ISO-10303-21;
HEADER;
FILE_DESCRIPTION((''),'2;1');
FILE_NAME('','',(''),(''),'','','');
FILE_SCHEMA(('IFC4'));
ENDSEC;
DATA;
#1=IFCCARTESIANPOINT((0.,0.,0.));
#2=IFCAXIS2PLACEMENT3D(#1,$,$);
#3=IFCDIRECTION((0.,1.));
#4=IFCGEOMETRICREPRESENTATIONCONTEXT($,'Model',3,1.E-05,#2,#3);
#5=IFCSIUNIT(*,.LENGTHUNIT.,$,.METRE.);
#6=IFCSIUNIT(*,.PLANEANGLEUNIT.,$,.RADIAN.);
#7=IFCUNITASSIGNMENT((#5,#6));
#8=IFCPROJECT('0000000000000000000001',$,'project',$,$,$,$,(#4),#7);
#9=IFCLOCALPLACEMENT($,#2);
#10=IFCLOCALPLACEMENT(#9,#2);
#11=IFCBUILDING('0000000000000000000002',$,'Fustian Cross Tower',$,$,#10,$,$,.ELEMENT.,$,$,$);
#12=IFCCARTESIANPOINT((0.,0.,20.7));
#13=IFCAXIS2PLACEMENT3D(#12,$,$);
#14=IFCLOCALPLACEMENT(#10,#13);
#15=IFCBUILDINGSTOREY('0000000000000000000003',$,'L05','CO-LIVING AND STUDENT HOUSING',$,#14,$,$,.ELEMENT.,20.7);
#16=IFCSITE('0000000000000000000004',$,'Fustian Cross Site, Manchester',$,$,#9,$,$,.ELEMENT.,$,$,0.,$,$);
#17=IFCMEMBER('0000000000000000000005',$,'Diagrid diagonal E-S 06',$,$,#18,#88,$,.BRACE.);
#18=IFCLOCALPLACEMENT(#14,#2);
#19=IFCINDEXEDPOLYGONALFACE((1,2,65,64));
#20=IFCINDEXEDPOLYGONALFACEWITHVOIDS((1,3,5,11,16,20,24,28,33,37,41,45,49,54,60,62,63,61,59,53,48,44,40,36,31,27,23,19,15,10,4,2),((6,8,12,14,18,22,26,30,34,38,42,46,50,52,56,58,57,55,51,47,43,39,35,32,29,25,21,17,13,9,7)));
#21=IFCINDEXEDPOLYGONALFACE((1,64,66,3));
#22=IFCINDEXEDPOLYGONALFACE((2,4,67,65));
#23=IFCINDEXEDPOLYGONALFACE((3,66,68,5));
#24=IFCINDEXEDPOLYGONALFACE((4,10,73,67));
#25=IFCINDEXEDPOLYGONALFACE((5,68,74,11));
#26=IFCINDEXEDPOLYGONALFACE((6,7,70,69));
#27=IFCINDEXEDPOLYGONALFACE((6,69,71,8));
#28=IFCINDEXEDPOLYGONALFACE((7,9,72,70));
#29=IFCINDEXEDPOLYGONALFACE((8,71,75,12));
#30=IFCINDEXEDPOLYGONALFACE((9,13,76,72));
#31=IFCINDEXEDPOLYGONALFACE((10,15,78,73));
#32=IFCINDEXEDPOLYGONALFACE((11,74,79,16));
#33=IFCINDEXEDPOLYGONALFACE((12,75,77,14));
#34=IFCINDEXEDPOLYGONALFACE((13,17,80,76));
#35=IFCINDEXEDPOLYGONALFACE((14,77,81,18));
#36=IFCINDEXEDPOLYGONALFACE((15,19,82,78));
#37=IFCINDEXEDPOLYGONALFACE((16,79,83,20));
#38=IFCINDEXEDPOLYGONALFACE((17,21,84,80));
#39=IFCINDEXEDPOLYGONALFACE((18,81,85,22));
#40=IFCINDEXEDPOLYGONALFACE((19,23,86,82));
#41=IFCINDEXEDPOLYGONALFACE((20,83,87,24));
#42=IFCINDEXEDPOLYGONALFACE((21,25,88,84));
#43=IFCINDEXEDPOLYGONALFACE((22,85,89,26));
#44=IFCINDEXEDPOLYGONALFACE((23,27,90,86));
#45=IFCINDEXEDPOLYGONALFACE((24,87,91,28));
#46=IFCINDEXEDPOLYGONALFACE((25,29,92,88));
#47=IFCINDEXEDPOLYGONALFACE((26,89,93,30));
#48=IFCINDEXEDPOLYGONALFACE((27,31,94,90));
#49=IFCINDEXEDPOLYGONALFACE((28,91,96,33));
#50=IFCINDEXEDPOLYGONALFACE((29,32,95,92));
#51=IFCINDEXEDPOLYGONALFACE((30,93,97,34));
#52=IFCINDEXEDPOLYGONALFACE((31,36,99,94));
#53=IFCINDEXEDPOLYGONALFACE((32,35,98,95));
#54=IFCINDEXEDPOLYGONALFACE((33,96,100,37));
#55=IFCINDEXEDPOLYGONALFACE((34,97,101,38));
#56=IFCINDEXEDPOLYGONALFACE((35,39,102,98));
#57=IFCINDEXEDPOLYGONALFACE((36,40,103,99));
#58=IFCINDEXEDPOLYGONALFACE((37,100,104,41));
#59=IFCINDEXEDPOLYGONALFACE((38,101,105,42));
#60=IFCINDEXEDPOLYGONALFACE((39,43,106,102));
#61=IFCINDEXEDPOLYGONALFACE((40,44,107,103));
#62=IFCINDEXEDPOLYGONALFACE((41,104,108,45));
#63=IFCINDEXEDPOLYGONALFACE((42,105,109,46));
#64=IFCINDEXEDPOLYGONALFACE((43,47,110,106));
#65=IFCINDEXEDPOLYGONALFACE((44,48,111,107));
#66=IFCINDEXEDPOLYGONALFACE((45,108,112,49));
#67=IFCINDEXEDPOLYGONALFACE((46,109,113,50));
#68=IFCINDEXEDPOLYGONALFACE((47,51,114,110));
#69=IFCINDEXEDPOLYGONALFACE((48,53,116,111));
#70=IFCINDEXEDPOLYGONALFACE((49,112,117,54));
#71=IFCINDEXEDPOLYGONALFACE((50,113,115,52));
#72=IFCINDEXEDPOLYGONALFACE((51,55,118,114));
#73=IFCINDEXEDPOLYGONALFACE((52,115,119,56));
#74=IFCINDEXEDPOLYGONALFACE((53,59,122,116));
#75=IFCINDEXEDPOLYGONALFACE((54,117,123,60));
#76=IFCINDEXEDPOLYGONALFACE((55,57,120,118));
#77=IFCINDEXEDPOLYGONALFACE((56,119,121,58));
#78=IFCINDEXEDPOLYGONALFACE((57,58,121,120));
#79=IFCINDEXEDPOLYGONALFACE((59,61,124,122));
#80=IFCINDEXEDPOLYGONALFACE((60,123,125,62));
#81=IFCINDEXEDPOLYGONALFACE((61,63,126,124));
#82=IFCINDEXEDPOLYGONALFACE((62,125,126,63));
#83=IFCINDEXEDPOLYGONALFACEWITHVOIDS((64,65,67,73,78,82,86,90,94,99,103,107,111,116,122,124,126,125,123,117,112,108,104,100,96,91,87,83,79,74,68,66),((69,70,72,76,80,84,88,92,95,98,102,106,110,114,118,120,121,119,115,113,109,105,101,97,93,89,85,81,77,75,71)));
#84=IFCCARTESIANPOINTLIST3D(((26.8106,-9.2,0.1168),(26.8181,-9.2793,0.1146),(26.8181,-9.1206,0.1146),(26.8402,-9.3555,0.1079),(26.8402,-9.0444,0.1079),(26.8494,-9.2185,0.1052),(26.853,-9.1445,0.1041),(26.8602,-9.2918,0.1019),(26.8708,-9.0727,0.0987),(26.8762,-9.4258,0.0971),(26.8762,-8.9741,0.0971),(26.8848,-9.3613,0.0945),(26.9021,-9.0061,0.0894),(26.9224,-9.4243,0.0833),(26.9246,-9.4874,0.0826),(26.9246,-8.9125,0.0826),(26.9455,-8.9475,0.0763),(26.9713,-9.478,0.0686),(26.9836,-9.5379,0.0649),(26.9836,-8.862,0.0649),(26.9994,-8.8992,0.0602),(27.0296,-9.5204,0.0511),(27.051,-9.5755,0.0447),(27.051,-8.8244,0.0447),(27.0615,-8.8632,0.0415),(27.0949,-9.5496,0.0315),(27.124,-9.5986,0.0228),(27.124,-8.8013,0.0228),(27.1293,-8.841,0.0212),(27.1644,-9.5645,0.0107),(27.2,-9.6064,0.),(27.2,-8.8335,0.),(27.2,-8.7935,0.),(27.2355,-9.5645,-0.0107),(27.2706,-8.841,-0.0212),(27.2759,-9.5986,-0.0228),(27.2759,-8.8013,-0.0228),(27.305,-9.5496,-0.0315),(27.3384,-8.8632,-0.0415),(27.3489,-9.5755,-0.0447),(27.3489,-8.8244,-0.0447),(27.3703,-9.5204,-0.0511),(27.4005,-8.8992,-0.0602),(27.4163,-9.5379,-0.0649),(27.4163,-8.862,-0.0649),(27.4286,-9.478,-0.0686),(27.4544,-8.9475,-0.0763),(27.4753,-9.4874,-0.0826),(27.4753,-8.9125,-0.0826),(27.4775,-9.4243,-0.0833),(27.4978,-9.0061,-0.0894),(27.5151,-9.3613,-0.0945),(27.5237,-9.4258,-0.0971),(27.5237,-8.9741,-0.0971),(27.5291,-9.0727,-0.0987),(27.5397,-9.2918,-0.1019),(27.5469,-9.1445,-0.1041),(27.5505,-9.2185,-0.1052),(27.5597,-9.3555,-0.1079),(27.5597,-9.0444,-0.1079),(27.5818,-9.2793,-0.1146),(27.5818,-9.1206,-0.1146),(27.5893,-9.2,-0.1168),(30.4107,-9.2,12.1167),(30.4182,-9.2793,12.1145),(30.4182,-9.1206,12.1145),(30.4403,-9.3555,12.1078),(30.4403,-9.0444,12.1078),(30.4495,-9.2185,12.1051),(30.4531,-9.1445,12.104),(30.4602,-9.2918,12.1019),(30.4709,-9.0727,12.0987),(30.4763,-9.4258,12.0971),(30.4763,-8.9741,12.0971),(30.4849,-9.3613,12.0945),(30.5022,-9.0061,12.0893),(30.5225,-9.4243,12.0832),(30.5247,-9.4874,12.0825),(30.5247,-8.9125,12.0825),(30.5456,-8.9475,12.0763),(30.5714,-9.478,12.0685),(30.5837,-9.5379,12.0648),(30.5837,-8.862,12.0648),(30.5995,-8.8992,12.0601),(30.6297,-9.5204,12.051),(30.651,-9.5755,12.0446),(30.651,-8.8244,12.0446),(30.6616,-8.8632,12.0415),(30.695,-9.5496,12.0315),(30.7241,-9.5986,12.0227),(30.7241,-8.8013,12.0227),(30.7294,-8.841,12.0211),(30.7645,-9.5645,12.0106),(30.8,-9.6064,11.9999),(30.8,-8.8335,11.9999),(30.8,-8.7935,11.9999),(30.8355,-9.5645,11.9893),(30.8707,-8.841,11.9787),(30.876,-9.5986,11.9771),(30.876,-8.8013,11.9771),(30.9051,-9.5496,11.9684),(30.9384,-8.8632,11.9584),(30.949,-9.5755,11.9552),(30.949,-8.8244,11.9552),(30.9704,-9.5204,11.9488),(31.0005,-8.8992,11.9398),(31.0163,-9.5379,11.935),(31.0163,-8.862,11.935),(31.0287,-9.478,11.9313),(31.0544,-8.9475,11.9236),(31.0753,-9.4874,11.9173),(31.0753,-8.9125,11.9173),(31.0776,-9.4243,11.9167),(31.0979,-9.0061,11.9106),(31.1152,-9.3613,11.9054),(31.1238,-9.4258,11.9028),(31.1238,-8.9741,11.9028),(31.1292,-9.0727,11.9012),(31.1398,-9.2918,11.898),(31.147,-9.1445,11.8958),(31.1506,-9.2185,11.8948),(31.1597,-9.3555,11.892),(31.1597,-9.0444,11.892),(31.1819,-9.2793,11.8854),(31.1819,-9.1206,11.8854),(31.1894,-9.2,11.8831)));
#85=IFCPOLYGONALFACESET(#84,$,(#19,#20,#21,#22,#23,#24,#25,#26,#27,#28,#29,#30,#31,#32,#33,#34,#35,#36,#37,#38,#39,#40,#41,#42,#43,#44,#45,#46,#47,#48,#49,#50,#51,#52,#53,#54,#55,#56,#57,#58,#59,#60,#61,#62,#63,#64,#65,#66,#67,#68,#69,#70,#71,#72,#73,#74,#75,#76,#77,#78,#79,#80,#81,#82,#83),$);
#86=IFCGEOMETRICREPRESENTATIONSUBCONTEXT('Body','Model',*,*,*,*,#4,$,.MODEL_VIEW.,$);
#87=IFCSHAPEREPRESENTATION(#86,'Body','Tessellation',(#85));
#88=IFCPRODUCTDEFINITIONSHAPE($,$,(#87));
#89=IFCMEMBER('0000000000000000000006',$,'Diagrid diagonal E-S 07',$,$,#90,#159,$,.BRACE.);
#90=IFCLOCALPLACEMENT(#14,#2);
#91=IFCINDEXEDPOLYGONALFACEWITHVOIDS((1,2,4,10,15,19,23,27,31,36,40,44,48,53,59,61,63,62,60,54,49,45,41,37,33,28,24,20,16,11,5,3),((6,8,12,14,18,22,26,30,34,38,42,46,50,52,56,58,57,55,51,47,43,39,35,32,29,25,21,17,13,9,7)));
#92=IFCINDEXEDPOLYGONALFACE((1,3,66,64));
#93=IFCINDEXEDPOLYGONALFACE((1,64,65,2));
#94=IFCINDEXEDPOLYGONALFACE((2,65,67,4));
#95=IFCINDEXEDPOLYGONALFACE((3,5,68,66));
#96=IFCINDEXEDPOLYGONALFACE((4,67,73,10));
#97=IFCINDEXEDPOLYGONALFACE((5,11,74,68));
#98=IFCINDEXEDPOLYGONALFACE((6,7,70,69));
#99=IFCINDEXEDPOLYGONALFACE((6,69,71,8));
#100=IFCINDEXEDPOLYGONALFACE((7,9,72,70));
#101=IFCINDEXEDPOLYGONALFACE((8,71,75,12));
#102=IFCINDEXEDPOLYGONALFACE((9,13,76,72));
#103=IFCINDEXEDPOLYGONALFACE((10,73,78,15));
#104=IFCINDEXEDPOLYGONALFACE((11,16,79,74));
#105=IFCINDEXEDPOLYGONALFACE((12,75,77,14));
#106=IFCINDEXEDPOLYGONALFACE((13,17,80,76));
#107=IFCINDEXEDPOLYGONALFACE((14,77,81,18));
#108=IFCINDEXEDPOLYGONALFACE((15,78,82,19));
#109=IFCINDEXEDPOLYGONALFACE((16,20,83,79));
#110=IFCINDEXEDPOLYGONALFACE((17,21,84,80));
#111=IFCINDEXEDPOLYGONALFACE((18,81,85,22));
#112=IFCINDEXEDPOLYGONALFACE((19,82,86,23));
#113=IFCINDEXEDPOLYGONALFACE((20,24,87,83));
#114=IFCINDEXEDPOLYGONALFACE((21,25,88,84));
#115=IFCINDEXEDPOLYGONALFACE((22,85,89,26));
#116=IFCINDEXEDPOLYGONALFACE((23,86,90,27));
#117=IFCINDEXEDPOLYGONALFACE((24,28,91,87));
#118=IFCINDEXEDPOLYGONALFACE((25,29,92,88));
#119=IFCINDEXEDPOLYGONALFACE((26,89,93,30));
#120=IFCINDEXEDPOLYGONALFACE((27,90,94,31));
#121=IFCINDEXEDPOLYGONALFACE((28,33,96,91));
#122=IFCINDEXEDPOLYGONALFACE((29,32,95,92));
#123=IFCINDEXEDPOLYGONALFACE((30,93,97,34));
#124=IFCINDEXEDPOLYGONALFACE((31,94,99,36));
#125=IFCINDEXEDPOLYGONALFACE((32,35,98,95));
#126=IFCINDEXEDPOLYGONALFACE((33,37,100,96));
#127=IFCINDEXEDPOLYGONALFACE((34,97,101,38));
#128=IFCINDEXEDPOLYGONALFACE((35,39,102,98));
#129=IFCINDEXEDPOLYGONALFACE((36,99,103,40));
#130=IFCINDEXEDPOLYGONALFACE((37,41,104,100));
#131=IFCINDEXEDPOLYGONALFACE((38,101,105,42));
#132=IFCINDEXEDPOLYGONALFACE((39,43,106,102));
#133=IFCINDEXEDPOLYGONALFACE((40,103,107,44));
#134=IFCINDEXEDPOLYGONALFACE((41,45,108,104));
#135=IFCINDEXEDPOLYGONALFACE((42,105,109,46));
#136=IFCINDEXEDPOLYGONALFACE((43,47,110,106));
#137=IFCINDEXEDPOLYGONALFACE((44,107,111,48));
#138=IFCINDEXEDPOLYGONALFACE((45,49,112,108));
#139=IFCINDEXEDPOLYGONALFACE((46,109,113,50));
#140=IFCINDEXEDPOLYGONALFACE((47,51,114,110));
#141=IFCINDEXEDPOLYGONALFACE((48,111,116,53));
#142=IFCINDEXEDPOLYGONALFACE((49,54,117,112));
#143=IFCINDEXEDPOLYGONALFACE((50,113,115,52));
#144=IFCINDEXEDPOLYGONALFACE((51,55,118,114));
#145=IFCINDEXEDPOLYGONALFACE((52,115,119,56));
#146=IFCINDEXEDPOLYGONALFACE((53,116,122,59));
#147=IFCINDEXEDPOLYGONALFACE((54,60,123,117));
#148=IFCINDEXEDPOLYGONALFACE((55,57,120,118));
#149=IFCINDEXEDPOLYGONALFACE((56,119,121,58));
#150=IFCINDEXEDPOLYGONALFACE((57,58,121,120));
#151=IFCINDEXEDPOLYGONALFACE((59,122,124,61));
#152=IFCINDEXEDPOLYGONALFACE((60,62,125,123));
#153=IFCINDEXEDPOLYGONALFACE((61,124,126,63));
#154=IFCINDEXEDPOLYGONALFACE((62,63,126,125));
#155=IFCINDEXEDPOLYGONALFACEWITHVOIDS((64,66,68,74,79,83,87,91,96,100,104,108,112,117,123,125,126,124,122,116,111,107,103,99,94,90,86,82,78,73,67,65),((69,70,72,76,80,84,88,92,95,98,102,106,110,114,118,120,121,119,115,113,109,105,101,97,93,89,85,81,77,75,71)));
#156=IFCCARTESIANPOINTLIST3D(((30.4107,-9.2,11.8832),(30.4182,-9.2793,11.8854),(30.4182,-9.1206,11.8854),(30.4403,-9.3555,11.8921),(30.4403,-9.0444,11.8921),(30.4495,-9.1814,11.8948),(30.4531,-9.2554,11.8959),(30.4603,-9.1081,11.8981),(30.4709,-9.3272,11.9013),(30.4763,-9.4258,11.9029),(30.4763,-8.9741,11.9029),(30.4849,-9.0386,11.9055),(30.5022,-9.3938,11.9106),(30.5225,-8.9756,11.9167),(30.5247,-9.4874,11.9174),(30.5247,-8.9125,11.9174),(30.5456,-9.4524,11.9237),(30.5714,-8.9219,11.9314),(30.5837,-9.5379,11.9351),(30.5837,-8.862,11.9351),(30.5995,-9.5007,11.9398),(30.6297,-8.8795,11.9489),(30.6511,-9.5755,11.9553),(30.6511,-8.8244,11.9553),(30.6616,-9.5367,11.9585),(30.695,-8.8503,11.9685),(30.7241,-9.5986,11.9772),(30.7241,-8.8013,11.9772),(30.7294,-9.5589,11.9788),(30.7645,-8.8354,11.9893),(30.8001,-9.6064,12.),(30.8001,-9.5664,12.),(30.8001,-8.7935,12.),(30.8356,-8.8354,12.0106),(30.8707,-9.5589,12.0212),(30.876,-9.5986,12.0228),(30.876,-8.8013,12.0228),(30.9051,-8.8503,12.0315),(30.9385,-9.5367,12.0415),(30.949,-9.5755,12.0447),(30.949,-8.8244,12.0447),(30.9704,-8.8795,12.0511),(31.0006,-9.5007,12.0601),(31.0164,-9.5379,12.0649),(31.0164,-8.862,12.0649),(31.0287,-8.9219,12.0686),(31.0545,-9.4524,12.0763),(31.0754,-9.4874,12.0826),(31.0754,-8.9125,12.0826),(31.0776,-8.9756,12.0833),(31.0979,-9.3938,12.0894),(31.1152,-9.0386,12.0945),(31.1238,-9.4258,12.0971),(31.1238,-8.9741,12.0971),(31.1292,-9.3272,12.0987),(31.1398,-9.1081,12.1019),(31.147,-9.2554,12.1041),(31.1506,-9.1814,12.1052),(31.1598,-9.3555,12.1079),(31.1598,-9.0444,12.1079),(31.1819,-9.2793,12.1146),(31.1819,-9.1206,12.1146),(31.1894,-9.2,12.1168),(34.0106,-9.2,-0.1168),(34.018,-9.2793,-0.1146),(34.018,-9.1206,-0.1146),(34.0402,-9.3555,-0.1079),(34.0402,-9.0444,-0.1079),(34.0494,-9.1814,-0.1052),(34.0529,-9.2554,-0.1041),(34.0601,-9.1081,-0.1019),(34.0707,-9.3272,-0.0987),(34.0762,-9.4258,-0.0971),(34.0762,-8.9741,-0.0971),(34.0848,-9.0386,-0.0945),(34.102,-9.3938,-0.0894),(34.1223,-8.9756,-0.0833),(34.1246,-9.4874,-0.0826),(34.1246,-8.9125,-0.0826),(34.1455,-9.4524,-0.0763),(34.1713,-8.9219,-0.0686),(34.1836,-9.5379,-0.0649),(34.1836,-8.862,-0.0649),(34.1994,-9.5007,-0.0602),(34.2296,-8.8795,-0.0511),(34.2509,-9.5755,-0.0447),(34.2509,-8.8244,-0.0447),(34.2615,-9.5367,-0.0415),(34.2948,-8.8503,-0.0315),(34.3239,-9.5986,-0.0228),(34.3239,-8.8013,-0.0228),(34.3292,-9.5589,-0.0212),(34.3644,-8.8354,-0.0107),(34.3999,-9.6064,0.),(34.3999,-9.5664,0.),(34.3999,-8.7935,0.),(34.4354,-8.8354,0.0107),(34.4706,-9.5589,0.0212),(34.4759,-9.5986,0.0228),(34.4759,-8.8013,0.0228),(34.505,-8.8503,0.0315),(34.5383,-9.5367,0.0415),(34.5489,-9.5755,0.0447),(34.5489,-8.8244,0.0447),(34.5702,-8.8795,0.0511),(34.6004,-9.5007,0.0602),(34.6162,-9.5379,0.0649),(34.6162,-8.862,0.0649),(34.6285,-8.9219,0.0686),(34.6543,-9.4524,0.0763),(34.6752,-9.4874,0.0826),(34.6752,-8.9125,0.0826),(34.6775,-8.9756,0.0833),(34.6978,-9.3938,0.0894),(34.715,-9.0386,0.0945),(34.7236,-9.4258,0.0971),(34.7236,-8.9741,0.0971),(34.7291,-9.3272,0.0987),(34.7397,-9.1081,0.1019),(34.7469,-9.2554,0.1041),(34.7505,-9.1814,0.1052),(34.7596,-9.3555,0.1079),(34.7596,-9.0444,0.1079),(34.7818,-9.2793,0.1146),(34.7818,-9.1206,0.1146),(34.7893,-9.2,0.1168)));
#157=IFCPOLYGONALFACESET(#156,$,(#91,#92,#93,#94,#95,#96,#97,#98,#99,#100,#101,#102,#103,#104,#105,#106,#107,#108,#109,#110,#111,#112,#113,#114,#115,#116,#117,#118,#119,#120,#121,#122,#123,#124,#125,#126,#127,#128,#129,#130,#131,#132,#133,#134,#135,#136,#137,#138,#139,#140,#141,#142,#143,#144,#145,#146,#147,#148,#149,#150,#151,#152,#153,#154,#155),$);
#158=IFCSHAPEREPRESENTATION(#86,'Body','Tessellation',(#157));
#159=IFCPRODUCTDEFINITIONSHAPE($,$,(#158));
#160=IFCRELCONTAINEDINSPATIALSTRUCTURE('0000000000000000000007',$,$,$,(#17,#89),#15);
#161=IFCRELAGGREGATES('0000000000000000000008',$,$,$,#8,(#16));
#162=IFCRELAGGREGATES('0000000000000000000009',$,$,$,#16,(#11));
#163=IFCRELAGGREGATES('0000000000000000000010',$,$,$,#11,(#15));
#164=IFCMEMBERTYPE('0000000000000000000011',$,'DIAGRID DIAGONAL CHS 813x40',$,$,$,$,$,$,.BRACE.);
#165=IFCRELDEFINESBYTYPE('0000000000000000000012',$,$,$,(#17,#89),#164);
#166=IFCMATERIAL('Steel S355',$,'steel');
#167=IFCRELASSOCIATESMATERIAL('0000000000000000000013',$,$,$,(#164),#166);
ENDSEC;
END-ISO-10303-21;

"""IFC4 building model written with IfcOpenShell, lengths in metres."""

from ifc_helpers import new_model, si_unit, direction, frame, origin, origin_2d, place, context, subcontext, project, spatial, hollow_circle, extrude, material, material_profile, profile_set, type_object, element, save


model = new_model("IFC4")

# Units and contexts
model_context = context("Model", 3, precision=1e-05, world=origin(), true_north=direction((0.0, 1.0)))
body_context = subcontext(model_context, "Body", "Model", "MODEL_VIEW")
ifc_project = project(units=[si_unit("LENGTHUNIT", "METRE"), si_unit("PLANEANGLEUNIT", "RADIAN")], contexts=[model_context])

# Site, building, storey
site_placement = place(None, origin())
site = spatial("IfcSite", under=ifc_project, at=site_placement, Name="Fustian Cross Site, Manchester", CompositionType="ELEMENT", RefElevation=0.0)
building_placement = place(site_placement, origin())
building = spatial("IfcBuilding", under=site, at=building_placement, Name="Fustian Cross Tower", CompositionType="ELEMENT")
storey_placement = place(building_placement, frame((0.0, 0.0, 20.7)))
storey = spatial("IfcBuildingStorey", under=building, at=storey_placement, Name="L05", Description="CO-LIVING AND STUDENT HOUSING", CompositionType="ELEMENT", Elevation=20.7)

# Members
ifc_material_1 = material(Name="Steel S355", Category="steel")
ifc_material_profile_1 = material_profile(ifc_material_1, hollow_circle(Radius=0.4065, WallThickness=0.04, at=origin_2d()), Name="CHS 813x40")
ifc_profile_set_1 = profile_set([ifc_material_profile_1], Name="Steel S355")
member_type_1 = type_object("IfcMemberType", Name="DIAGRID DIAGONAL CHS 813x40", PredefinedType="BRACE", material=ifc_profile_set_1)
for number, where, z_axis, x_axis, name in (
    (1, (27.2, -9.2, 0.0), (0.287355, 0.0, 0.957824), (0.0, 1.0, 0.0), "Diagrid diagonal E-S 06"),
    (2, (34.3999, -9.2, 0.0), (-0.287337, 0.0, 0.95783), (0.0, -1.0, 0.0), "Diagrid diagonal E-S 07"),
):
    element("IfcMember", number, at=place(storey_placement, frame(where, z_axis=z_axis, x_axis=x_axis)), inside=storey, type_object=member_type_1, Name=name, PredefinedType="BRACE", context=body_context, shape_type="SweptSolid", body=[
        extrude(hollow_circle(Radius=0.4065, WallThickness=0.04, at=origin_2d()), origin(), (0.0, 0.0, 1.0), 12.5283),
    ])

save(model, "model.ifc")
